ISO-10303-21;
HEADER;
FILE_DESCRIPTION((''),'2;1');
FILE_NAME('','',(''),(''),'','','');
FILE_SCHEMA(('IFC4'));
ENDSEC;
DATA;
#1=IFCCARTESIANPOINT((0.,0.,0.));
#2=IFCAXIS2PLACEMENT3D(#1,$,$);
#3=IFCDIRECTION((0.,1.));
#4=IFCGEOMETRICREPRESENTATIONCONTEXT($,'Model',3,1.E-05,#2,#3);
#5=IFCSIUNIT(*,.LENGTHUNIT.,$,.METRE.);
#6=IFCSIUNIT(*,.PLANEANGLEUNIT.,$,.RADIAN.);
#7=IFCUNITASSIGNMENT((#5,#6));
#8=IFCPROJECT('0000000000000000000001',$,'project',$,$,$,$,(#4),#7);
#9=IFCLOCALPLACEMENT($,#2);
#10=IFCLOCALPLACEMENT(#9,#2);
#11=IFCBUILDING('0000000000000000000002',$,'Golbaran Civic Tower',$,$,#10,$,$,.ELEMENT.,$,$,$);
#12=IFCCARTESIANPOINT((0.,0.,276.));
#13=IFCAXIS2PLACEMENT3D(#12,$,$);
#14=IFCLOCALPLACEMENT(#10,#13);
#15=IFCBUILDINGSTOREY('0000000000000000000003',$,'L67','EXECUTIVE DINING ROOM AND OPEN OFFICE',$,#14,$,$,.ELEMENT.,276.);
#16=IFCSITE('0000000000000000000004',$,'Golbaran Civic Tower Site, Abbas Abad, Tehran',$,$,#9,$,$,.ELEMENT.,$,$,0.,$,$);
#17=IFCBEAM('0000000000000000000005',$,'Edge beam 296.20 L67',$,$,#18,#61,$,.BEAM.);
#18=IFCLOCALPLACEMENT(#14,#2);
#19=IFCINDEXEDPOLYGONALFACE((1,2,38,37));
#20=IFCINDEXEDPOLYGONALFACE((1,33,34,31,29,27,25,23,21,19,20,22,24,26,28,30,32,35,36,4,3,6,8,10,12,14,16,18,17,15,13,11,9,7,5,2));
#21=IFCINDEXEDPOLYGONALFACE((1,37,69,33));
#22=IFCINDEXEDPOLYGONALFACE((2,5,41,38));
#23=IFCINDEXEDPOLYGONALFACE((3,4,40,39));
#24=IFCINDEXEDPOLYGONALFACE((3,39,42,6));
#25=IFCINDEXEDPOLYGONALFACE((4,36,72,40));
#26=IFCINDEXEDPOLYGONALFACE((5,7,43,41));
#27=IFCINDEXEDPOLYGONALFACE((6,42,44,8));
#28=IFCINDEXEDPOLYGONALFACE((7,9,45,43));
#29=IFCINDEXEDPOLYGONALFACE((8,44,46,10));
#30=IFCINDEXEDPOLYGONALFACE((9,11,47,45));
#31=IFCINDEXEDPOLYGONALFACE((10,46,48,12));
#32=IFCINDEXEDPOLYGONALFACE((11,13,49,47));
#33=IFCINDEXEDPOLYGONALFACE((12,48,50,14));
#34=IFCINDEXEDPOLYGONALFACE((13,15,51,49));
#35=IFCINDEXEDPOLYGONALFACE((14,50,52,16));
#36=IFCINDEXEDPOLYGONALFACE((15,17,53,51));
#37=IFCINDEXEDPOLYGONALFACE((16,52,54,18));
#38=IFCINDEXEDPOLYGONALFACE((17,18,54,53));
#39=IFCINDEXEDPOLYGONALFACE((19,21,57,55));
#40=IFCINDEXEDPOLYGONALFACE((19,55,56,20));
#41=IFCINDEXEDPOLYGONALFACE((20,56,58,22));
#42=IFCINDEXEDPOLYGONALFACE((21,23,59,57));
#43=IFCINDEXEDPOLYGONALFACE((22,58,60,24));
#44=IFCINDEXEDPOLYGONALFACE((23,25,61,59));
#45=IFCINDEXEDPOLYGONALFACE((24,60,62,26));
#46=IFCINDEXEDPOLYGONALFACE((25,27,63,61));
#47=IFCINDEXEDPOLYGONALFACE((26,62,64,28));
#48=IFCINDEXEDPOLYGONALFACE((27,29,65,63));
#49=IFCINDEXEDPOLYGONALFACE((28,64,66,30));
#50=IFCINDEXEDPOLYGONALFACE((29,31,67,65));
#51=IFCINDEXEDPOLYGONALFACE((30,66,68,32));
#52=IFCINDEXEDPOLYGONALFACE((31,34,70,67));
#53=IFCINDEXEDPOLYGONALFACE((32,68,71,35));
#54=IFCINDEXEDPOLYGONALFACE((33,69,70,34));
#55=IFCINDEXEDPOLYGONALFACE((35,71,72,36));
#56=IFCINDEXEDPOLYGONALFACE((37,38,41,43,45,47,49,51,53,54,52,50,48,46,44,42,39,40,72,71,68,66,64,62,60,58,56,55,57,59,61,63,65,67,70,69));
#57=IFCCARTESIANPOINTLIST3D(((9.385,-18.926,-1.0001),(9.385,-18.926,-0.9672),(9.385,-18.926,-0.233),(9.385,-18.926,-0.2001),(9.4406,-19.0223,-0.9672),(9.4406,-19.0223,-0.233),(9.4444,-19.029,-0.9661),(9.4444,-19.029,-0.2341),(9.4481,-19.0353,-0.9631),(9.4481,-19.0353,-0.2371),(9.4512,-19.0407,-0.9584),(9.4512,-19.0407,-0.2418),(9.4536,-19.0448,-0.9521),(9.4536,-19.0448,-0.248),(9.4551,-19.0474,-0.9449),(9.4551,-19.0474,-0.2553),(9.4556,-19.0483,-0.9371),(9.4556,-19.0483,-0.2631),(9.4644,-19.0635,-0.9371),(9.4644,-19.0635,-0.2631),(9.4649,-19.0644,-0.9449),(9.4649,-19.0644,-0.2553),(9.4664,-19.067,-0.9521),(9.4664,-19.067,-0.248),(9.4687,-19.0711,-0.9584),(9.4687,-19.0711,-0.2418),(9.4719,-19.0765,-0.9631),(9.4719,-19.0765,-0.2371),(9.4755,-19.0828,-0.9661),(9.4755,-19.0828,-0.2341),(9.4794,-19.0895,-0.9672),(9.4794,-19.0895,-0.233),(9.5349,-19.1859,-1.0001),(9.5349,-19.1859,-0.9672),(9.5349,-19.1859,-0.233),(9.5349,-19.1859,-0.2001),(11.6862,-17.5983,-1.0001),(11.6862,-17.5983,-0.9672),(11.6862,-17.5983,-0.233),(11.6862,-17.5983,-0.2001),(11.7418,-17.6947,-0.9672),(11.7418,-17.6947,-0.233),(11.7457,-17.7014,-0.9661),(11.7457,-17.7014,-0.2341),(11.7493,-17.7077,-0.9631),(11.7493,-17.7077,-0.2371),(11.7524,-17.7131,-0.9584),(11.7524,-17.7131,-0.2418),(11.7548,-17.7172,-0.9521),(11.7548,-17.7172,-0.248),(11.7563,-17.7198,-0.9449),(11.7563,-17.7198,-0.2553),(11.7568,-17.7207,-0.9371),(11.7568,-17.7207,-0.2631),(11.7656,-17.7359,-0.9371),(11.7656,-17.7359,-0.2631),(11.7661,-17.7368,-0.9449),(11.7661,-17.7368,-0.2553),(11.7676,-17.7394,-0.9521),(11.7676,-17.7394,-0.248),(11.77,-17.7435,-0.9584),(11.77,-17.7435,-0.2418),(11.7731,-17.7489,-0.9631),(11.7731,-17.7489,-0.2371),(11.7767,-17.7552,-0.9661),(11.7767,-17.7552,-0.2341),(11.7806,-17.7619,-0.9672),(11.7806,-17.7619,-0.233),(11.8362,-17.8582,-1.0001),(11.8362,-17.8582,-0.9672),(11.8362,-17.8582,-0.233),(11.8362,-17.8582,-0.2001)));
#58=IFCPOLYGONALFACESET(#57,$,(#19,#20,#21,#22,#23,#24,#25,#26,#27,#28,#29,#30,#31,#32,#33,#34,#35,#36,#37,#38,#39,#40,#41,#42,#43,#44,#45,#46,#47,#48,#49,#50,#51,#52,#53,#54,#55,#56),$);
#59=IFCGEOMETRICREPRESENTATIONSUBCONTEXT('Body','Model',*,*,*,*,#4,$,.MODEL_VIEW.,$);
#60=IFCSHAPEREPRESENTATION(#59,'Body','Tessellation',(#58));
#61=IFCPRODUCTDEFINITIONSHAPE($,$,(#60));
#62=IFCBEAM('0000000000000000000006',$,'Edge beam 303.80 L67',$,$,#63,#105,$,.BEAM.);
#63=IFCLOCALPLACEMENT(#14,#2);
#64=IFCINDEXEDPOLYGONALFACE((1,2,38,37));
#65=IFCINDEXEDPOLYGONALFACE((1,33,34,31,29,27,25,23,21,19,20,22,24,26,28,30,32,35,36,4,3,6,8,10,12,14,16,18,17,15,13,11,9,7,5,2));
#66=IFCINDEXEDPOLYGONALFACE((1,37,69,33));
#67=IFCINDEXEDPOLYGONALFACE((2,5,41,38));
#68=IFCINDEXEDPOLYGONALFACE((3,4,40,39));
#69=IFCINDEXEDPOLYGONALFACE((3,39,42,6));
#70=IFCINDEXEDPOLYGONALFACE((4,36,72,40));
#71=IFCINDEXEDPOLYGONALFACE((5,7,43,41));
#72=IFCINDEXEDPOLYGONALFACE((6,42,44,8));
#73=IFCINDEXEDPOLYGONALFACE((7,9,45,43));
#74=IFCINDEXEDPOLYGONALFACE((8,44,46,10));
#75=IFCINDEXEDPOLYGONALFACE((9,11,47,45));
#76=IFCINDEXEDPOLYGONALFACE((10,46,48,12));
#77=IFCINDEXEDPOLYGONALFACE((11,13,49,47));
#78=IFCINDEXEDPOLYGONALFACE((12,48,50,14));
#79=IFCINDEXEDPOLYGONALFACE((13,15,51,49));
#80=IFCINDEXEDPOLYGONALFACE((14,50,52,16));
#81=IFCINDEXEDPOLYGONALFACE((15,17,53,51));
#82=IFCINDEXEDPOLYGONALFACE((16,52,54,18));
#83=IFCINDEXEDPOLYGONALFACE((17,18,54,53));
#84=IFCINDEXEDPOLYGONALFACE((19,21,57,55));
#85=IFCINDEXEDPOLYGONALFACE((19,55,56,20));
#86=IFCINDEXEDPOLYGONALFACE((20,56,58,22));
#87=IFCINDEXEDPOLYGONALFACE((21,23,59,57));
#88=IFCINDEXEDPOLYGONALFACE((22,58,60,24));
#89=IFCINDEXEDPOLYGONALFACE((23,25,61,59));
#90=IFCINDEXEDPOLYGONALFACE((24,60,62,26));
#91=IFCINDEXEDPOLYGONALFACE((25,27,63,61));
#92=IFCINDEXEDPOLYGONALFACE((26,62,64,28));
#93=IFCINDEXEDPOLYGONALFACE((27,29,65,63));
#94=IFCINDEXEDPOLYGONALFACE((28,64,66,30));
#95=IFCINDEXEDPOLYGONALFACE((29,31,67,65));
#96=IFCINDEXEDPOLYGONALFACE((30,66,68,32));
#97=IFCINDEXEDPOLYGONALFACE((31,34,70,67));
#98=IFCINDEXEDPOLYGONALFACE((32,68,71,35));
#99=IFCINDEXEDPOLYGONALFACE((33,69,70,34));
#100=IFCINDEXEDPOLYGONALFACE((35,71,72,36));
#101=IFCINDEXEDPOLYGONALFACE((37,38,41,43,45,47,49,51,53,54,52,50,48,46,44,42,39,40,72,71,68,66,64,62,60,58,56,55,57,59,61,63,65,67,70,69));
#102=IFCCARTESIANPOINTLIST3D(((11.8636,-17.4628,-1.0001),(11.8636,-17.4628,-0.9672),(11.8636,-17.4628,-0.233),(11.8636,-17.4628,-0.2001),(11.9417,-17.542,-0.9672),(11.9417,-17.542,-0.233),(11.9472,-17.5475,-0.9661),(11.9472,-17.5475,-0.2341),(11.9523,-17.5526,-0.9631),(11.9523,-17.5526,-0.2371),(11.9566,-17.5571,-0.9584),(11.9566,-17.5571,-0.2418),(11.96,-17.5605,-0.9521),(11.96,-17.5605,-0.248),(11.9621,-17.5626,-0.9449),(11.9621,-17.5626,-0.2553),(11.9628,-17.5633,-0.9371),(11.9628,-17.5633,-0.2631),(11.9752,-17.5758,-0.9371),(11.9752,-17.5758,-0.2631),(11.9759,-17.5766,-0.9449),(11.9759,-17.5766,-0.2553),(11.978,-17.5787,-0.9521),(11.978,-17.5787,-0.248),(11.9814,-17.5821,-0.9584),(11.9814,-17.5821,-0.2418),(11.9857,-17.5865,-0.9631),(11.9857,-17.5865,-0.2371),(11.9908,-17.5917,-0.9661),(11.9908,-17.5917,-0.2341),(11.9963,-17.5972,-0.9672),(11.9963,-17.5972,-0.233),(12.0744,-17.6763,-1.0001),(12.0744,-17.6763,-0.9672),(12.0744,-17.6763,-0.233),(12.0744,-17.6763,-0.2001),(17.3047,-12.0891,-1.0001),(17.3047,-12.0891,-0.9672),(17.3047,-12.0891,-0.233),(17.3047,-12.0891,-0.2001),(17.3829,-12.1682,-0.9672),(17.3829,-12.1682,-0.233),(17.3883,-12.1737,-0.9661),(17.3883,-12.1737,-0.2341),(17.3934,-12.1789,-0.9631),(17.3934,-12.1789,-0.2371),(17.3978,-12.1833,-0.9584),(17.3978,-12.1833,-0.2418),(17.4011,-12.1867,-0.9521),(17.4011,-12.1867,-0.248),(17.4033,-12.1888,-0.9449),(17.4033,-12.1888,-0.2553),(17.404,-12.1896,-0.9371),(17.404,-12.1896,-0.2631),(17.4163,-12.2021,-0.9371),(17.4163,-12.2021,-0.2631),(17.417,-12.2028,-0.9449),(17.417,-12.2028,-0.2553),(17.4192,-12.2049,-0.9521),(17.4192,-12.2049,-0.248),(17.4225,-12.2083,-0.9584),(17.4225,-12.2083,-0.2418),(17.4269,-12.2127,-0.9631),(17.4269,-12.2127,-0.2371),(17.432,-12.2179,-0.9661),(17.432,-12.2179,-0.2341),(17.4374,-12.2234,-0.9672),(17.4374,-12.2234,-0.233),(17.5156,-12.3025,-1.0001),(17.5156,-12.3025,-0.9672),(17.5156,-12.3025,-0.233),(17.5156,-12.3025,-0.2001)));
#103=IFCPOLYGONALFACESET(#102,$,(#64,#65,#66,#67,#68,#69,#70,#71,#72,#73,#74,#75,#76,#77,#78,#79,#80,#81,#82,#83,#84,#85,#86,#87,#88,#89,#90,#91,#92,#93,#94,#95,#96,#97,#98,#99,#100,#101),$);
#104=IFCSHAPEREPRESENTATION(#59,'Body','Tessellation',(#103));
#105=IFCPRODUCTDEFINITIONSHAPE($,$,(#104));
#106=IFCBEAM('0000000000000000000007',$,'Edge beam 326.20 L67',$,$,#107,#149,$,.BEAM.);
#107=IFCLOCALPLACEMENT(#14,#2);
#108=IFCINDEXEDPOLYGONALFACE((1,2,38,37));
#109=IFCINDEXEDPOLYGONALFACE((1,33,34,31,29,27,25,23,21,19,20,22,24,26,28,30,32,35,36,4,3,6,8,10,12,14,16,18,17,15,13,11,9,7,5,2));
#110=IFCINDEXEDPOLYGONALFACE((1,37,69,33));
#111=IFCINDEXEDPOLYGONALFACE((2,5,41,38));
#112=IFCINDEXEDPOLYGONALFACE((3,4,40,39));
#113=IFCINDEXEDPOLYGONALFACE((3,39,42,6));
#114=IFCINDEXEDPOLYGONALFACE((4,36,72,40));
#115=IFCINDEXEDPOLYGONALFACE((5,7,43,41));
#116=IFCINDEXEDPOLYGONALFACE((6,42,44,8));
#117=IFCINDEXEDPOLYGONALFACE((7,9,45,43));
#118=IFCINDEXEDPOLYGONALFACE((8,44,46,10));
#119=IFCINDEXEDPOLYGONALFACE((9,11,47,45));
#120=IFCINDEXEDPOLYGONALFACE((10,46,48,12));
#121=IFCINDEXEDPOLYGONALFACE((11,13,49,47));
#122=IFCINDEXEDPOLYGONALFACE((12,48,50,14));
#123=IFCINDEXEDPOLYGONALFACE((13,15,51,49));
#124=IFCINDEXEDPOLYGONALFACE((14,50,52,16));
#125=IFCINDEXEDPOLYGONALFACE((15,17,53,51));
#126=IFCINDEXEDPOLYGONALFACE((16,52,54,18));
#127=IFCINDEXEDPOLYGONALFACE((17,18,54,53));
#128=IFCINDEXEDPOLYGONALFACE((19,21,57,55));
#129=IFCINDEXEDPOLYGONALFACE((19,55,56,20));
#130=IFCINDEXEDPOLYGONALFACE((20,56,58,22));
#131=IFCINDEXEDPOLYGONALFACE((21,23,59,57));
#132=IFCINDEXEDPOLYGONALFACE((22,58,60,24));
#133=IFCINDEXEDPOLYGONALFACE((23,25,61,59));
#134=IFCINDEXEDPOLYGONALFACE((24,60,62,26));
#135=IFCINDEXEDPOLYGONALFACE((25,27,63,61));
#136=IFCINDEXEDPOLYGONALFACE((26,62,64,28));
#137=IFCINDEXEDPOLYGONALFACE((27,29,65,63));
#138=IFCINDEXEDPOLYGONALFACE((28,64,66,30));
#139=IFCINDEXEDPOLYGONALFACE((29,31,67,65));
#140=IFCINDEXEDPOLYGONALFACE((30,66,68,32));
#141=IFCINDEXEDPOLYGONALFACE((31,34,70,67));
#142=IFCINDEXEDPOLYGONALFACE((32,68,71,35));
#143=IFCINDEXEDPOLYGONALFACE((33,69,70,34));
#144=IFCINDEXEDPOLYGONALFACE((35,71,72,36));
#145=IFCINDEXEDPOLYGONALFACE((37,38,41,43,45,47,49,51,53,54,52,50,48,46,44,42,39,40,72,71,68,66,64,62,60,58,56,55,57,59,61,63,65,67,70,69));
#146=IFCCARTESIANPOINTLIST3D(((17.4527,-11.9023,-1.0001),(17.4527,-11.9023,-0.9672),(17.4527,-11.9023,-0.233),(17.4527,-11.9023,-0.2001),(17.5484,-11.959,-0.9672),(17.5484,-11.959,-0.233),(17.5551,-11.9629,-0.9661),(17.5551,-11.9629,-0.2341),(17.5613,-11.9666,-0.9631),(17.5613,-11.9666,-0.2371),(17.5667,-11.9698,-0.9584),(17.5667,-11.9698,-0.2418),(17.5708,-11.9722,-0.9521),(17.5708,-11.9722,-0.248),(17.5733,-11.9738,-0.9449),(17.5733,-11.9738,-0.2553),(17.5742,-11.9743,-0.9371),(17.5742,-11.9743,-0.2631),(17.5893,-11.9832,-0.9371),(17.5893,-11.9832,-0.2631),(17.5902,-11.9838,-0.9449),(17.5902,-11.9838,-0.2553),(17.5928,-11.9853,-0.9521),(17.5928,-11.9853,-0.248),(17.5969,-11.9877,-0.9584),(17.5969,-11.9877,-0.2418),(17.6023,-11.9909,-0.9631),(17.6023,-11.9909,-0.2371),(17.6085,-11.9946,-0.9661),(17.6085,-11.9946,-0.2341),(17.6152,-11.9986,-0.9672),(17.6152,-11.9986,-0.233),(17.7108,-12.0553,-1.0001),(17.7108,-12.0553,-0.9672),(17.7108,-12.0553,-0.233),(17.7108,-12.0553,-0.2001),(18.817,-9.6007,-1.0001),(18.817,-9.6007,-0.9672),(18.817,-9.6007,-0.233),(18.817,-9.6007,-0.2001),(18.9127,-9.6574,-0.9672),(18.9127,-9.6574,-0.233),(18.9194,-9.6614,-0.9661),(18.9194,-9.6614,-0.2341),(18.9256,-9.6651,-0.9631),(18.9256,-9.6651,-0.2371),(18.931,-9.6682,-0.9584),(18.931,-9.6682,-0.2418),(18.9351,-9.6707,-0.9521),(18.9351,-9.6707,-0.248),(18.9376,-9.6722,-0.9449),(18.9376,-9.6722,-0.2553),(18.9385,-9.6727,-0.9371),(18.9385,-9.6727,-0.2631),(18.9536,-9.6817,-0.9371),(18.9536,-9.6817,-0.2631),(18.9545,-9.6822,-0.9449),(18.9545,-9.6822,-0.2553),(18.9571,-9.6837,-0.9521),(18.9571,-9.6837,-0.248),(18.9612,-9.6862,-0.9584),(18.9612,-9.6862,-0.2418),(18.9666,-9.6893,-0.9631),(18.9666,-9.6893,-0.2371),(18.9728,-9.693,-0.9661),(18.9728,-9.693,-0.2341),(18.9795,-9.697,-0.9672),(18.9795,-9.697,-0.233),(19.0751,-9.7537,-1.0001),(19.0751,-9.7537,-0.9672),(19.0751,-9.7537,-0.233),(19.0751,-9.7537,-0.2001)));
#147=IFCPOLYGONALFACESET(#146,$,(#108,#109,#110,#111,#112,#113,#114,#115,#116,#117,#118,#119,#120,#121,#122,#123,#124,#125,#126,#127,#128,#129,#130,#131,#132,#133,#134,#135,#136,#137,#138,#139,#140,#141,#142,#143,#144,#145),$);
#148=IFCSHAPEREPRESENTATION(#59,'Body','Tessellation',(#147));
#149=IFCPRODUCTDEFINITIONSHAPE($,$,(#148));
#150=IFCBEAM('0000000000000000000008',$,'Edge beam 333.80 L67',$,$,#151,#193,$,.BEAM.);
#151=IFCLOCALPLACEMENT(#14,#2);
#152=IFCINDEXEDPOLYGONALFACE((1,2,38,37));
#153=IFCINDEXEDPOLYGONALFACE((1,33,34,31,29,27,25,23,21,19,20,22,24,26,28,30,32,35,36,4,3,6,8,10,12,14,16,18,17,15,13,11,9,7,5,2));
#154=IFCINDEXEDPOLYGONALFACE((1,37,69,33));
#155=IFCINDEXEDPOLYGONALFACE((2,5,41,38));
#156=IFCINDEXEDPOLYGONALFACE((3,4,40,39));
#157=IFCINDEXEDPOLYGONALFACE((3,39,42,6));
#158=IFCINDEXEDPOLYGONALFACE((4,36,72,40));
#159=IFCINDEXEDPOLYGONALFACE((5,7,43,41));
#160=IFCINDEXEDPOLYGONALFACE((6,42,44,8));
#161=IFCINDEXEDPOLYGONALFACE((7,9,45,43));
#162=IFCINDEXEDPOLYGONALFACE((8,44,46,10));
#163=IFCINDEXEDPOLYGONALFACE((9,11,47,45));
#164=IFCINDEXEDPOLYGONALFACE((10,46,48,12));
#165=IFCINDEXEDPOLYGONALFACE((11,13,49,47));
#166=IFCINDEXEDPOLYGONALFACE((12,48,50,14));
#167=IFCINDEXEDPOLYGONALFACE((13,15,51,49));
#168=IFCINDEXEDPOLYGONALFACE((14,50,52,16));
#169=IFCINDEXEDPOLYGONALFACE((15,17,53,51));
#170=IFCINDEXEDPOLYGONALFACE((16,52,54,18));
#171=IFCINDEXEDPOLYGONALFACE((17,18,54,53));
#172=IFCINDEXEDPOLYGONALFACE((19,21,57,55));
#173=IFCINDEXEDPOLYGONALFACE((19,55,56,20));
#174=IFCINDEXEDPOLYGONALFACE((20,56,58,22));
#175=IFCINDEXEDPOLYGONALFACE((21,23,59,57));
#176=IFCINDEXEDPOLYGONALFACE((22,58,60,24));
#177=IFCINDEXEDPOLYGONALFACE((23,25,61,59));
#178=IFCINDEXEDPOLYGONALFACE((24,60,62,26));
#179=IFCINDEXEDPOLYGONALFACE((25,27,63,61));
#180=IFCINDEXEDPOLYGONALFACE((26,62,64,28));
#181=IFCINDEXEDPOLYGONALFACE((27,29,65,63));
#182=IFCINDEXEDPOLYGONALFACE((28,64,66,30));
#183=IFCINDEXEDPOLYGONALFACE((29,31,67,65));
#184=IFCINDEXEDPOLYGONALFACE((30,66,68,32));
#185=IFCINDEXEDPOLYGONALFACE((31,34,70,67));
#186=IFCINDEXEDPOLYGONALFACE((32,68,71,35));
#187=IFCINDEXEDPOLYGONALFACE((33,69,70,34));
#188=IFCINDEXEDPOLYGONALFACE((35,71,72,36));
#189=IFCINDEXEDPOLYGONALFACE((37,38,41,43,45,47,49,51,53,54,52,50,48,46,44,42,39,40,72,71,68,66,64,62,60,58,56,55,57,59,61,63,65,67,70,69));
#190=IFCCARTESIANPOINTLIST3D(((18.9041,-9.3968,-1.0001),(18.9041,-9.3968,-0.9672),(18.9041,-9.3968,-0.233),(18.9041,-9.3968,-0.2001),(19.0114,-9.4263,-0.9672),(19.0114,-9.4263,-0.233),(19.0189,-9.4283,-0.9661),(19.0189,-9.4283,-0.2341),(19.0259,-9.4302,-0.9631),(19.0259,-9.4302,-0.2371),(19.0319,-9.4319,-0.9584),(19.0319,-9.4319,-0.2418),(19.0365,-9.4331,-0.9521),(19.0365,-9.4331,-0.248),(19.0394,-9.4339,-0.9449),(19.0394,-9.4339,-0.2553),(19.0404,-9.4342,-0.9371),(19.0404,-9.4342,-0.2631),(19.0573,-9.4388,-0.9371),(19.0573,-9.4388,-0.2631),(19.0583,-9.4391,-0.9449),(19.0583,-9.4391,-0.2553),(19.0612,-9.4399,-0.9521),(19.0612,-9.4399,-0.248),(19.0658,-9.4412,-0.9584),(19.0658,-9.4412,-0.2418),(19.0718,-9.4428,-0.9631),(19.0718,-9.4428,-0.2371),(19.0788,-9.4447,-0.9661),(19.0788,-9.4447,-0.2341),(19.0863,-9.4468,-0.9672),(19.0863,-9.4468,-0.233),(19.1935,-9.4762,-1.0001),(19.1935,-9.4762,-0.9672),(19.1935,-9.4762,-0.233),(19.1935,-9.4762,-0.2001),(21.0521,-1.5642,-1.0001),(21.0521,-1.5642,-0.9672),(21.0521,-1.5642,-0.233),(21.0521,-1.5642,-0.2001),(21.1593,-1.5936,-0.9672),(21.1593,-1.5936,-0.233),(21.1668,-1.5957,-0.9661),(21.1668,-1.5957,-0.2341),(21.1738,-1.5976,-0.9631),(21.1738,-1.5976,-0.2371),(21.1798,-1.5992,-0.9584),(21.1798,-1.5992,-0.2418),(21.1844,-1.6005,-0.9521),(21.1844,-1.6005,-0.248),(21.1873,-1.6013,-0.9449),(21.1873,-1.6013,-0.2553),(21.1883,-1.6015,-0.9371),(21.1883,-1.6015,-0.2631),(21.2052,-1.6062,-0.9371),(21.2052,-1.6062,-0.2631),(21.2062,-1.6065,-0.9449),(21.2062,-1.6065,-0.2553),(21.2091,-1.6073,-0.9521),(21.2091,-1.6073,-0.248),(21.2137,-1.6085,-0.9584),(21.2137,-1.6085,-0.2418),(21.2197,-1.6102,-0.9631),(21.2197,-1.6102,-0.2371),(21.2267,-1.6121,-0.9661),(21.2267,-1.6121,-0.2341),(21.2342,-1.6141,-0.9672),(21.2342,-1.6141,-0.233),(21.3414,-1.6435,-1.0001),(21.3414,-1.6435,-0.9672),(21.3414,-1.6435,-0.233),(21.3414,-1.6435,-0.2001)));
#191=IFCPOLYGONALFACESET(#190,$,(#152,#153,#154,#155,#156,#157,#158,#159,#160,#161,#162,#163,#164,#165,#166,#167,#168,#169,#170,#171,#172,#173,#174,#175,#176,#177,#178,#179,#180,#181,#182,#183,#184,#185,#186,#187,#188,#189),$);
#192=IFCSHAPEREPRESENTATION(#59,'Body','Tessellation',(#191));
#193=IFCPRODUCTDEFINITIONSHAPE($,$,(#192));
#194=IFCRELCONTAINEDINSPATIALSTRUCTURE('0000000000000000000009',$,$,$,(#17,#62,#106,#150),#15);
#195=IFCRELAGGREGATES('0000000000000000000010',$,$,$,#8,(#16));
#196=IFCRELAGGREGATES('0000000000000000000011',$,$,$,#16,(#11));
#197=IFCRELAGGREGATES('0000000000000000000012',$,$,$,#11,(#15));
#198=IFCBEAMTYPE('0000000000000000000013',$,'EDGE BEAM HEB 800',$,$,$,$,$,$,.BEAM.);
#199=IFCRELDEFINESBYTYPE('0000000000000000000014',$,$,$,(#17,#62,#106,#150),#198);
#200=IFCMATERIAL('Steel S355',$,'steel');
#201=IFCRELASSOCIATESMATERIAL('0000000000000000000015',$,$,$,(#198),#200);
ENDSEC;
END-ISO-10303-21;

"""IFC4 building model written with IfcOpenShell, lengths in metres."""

from ifc_helpers import new_model, si_unit, direction, frame, origin, origin_2d, place, context, subcontext, project, spatial, i_section, extrude, material, material_profile, profile_set, type_object, element, save


model = new_model("IFC4")

# Units and contexts
model_context = context("Model", 3, precision=1e-05, world=origin(), true_north=direction((0.0, 1.0)))
body_context = subcontext(model_context, "Body", "Model", "MODEL_VIEW")
ifc_project = project(units=[si_unit("LENGTHUNIT", "METRE"), si_unit("PLANEANGLEUNIT", "RADIAN")], contexts=[model_context])

# Site, building, storey
site_placement = place(None, origin())
site = spatial("IfcSite", under=ifc_project, at=site_placement, Name="Golbaran Civic Tower Site, Abbas Abad, Tehran", CompositionType="ELEMENT", RefElevation=0.0)
building_placement = place(site_placement, origin())
building = spatial("IfcBuilding", under=site, at=building_placement, Name="Golbaran Civic Tower", CompositionType="ELEMENT")
storey_placement = place(building_placement, frame((0.0, 0.0, 276.0)))
storey = spatial("IfcBuildingStorey", under=building, at=storey_placement, Name="L67", Description="EXECUTIVE DINING ROOM AND OPEN OFFICE", CompositionType="ELEMENT", Elevation=276.0)

# Beams
ifc_material_1 = material(Name="Steel S355", Category="steel")
ifc_material_profile_1 = material_profile(ifc_material_1, i_section(OverallWidth=0.3, OverallDepth=0.8, WebThickness=0.0176, FlangeThickness=0.033, FilletRadius=0.03, at=origin_2d()), Name="HEB 800")
ifc_profile_set_1 = profile_set([ifc_material_profile_1], Name="Steel S355")
beam_type_1 = type_object("IfcBeamType", Name="EDGE BEAM HEB 800", PredefinedType="BEAM", material=ifc_profile_set_1)
beam_1_placement = place(storey_placement, frame((9.46, -19.0559, -0.6001), z_axis=(0.866189, 0.499717, 0.0), x_axis=(-0.499717, 0.866189, 0.0)))
element("IfcBeam", 1, at=beam_1_placement, inside=storey, type_object=beam_type_1, Name="Edge beam 296.20 L67", PredefinedType="BEAM", context=body_context, shape_type="SweptSolid", body=[
    extrude(i_section(OverallWidth=0.3, OverallDepth=0.8, WebThickness=0.0176, FlangeThickness=0.033, FilletRadius=0.03, at=origin_2d()), origin(), (0.0, 0.0, 1.0), 2.6567),
])
beam_2_placement = place(storey_placement, frame((11.969, -17.5696, -0.6001), z_axis=(0.711499, 0.702687, 0.0), x_axis=(-0.702687, 0.711499, 0.0)))
element("IfcBeam", 2, at=beam_2_placement, inside=storey, type_object=beam_type_1, Name="Edge beam 303.80 L67", PredefinedType="BEAM", context=body_context, shape_type="SweptSolid", body=[
    extrude(i_section(OverallWidth=0.3, OverallDepth=0.8, WebThickness=0.0176, FlangeThickness=0.033, FilletRadius=0.03, at=origin_2d()), origin(), (0.0, 0.0, 1.0), 7.6475),
])
beam_3_placement = place(storey_placement, frame((17.5818, -11.9788, -0.6001), z_axis=(0.509912, 0.860226, 0.0), x_axis=(-0.860226, 0.509912, 0.0)))
element("IfcBeam", 3, at=beam_3_placement, inside=storey, type_object=beam_type_1, Name="Edge beam 326.20 L67", PredefinedType="BEAM", context=body_context, shape_type="SweptSolid", body=[
    extrude(i_section(OverallWidth=0.3, OverallDepth=0.8, WebThickness=0.0176, FlangeThickness=0.033, FilletRadius=0.03, at=origin_2d()), origin(), (0.0, 0.0, 1.0), 2.6755),
])
beam_4_placement = place(storey_placement, frame((19.0488, -9.4365, -0.6001), z_axis=(0.264463, 0.964396, 0.0), x_axis=(-0.964396, 0.264463, 0.0)))
element("IfcBeam", 4, at=beam_4_placement, inside=storey, type_object=beam_type_1, Name="Edge beam 333.80 L67", PredefinedType="BEAM", context=body_context, shape_type="SweptSolid", body=[
    extrude(i_section(OverallWidth=0.3, OverallDepth=0.8, WebThickness=0.0176, FlangeThickness=0.033, FilletRadius=0.03, at=origin_2d()), origin(), (0.0, 0.0, 1.0), 8.1218),
])

save(model, "model.ifc")
